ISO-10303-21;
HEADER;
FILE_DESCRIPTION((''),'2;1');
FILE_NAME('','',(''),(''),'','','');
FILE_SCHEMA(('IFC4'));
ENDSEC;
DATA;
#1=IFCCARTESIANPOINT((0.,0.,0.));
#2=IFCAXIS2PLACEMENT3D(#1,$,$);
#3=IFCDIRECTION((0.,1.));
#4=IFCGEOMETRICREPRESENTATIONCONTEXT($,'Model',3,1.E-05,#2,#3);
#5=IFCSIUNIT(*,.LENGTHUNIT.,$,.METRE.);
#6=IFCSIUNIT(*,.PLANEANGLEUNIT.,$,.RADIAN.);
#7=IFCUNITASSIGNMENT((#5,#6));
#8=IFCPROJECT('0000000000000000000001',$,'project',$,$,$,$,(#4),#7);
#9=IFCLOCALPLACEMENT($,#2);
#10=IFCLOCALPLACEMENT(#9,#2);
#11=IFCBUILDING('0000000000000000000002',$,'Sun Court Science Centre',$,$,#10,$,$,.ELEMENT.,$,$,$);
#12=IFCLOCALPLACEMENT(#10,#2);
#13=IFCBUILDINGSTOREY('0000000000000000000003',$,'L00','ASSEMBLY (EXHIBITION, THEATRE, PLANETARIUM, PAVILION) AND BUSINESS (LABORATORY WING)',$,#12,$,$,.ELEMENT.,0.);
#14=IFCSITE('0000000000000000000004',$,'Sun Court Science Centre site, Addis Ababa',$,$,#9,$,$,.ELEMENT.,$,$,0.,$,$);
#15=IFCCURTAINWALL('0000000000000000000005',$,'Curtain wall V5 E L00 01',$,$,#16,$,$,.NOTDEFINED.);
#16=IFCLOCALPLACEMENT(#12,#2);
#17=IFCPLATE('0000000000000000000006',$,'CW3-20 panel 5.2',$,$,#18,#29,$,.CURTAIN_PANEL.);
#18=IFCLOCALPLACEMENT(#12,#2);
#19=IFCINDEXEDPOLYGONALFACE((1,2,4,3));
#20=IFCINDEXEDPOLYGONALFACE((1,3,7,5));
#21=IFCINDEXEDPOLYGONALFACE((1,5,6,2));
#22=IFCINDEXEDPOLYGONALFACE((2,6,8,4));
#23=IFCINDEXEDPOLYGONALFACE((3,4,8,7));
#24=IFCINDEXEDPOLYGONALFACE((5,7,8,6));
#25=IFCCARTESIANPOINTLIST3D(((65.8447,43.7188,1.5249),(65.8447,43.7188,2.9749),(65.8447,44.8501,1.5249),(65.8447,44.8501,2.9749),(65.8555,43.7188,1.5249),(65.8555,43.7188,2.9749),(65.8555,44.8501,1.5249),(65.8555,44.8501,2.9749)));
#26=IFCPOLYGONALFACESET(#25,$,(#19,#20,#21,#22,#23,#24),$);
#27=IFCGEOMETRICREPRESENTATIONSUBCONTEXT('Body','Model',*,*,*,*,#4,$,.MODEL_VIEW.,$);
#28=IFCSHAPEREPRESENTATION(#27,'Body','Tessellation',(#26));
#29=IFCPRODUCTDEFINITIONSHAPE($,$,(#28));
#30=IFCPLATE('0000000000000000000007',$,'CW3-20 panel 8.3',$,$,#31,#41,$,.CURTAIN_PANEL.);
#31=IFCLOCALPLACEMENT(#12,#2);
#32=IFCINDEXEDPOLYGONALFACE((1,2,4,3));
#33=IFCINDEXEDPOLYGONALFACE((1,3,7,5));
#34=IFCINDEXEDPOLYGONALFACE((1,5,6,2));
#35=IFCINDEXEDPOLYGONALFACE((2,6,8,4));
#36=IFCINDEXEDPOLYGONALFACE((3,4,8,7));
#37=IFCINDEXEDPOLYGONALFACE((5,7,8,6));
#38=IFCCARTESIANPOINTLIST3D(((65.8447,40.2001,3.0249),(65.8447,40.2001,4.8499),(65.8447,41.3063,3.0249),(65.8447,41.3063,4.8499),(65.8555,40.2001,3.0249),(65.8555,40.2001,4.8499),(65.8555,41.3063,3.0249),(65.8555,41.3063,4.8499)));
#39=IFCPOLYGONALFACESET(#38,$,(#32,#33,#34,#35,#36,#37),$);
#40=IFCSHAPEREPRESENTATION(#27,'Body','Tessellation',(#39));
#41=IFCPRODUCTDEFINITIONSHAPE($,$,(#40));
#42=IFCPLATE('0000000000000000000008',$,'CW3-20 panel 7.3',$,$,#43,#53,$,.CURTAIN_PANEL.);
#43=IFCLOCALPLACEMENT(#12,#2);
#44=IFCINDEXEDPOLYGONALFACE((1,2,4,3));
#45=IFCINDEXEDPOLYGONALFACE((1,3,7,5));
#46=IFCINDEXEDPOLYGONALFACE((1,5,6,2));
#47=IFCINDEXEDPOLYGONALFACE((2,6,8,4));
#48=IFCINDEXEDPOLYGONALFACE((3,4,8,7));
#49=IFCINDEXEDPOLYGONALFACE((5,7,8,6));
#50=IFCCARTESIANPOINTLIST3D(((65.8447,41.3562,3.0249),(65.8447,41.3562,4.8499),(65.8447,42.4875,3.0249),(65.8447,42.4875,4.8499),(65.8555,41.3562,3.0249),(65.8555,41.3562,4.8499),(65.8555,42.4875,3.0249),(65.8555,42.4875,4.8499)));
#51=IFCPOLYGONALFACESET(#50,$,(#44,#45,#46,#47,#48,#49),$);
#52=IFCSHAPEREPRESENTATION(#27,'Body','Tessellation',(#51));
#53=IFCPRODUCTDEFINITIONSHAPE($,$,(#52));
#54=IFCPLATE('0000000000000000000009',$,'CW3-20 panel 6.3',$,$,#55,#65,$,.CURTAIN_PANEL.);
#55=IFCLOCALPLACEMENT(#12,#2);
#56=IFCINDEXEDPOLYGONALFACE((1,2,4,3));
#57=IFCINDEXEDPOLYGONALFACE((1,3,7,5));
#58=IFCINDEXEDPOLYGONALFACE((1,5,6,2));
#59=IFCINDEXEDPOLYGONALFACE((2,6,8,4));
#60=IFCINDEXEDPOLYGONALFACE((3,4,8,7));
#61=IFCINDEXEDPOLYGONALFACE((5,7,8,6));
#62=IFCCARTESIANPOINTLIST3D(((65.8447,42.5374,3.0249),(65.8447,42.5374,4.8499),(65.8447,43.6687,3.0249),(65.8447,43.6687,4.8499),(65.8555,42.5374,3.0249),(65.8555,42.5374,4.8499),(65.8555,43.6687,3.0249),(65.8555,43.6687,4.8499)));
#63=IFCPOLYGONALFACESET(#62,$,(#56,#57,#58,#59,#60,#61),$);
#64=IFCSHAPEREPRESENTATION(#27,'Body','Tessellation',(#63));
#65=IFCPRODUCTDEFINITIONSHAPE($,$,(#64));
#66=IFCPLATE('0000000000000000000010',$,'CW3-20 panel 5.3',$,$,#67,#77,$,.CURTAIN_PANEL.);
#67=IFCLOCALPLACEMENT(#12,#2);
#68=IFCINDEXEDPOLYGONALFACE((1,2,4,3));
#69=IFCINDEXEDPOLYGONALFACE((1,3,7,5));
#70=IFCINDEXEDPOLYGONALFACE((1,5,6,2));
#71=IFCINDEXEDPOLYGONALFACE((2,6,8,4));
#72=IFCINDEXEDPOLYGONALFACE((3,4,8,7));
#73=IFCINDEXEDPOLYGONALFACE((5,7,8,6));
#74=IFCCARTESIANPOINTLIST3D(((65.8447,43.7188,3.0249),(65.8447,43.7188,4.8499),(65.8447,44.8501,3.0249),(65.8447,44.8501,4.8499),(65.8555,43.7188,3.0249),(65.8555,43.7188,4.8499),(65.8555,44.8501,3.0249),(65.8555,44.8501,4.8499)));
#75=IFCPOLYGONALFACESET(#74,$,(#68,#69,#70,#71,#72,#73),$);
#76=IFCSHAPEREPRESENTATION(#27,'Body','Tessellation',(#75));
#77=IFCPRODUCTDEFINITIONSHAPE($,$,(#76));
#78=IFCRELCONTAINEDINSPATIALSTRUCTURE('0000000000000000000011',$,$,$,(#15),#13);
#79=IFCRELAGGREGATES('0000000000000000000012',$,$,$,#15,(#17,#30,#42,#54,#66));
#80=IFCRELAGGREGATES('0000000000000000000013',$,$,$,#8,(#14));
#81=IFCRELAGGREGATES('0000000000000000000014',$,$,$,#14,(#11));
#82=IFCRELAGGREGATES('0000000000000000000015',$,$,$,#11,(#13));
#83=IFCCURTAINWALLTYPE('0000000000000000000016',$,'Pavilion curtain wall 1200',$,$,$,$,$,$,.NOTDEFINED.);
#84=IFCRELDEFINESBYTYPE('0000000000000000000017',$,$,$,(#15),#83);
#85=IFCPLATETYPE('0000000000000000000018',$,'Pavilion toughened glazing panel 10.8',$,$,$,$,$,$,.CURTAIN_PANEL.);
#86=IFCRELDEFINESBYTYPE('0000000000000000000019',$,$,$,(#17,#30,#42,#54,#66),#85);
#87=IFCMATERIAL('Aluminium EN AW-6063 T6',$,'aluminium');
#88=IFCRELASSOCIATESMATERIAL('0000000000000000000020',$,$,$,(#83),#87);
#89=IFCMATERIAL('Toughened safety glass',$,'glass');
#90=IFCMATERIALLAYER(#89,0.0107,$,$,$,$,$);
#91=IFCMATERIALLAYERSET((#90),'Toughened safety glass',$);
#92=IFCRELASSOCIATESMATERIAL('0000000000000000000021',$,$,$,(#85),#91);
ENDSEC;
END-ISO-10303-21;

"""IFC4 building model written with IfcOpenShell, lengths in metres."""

from ifc_helpers import new_model, si_unit, direction, frame, origin, origin_2d, place, context, subcontext, project, spatial, rectangle, extrude, material, layer, layer_set, type_object, element, aggregate, save


model = new_model("IFC4")

# Units and contexts
model_context = context("Model", 3, precision=1e-05, world=origin(), true_north=direction((0.0, 1.0)))
body_context = subcontext(model_context, "Body", "Model", "MODEL_VIEW")
ifc_project = project(units=[si_unit("LENGTHUNIT", "METRE"), si_unit("PLANEANGLEUNIT", "RADIAN")], contexts=[model_context])

# Site, building, storey
site_placement = place(None, origin())
site = spatial("IfcSite", under=ifc_project, at=site_placement, Name="Sun Court Science Centre site, Addis Ababa", CompositionType="ELEMENT", RefElevation=0.0)
building_placement = place(site_placement, origin())
building = spatial("IfcBuilding", under=site, at=building_placement, Name="Sun Court Science Centre", CompositionType="ELEMENT")
storey_placement = place(building_placement, origin())
storey = spatial("IfcBuildingStorey", under=building, at=storey_placement, Name="L00", Description="ASSEMBLY (EXHIBITION, THEATRE, PLANETARIUM, PAVILION) AND BUSINESS (LABORATORY WING)", CompositionType="ELEMENT", Elevation=0.0)

# Curtain wall, plates
ifc_material_1 = material(Name="Aluminium EN AW-6063 T6", Category="aluminium")
curtain_wall_type = type_object("IfcCurtainWallType", Name="Pavilion curtain wall 1200", PredefinedType="NOTDEFINED", material=ifc_material_1)
curtain_wall_placement = place(storey_placement, origin())
curtain_wall = element("IfcCurtainWall", 1, at=curtain_wall_placement, inside=storey, type_object=curtain_wall_type, Name="Curtain wall V5 E L00 01", PredefinedType="NOTDEFINED")
ifc_material_2 = material(Name="Toughened safety glass", Category="glass")
ifc_layer = layer(ifc_material_2, 0.0107)
ifc_layer_set = layer_set([ifc_layer], Name="Toughened safety glass")
plate_type = type_object("IfcPlateType", Name="Pavilion toughened glazing panel 10.8", PredefinedType="CURTAIN_PANEL", material=ifc_layer_set)
plate_1_placement = place(storey_placement, frame((65.8501, 44.2844, 1.5249), z_axis=(0.0, 0.0, 1.0), x_axis=(0.0, -1.0, 0.0)))
plate_1 = element("IfcPlate", 2, at=plate_1_placement, type_object=plate_type, Name="CW3-20 panel 5.2", PredefinedType="CURTAIN_PANEL", context=body_context, shape_type="SweptSolid", body=[
    extrude(rectangle(XDim=1.1313, YDim=0.0107, at=origin_2d()), origin(), (0.0, 0.0, 1.0), 1.45),
])
plate_2_placement = place(storey_placement, frame((65.8501, 40.7532, 3.0249), z_axis=(0.0, 0.0, 1.0), x_axis=(0.0, -1.0, 0.0)))
plate_2 = element("IfcPlate", 3, at=plate_2_placement, type_object=plate_type, Name="CW3-20 panel 8.3", PredefinedType="CURTAIN_PANEL", context=body_context, shape_type="SweptSolid", body=[
    extrude(rectangle(XDim=1.1062, YDim=0.0107, at=origin_2d()), origin(), (0.0, 0.0, 1.0), 1.825),
])
plate_3_placement = place(storey_placement, frame((65.8501, 41.9219, 3.0249), z_axis=(0.0, 0.0, 1.0), x_axis=(0.0, -1.0, 0.0)))
plate_3 = element("IfcPlate", 4, at=plate_3_placement, type_object=plate_type, Name="CW3-20 panel 7.3", PredefinedType="CURTAIN_PANEL", context=body_context, shape_type="SweptSolid", body=[
    extrude(rectangle(XDim=1.1313, YDim=0.0107, at=origin_2d()), origin(), (0.0, 0.0, 1.0), 1.825),
])
plate_4_placement = place(storey_placement, frame((65.8501, 43.103, 3.0249), z_axis=(0.0, 0.0, 1.0), x_axis=(0.0, -1.0, 0.0)))
plate_4 = element("IfcPlate", 5, at=plate_4_placement, type_object=plate_type, Name="CW3-20 panel 6.3", PredefinedType="CURTAIN_PANEL", context=body_context, shape_type="SweptSolid", body=[
    extrude(rectangle(XDim=1.1313, YDim=0.0107, at=origin_2d()), origin(), (0.0, 0.0, 1.0), 1.825),
])
plate_5_placement = place(storey_placement, frame((65.8501, 44.2844, 3.0249), z_axis=(0.0, 0.0, 1.0), x_axis=(0.0, -1.0, 0.0)))
plate_5 = element("IfcPlate", 6, at=plate_5_placement, type_object=plate_type, Name="CW3-20 panel 5.3", PredefinedType="CURTAIN_PANEL", context=body_context, shape_type="SweptSolid", body=[
    extrude(rectangle(XDim=1.1313, YDim=0.0107, at=origin_2d()), origin(), (0.0, 0.0, 1.0), 1.825),
])
aggregate(curtain_wall, [plate_1, plate_2, plate_3, plate_4, plate_5])

save(model, "model.ifc")
